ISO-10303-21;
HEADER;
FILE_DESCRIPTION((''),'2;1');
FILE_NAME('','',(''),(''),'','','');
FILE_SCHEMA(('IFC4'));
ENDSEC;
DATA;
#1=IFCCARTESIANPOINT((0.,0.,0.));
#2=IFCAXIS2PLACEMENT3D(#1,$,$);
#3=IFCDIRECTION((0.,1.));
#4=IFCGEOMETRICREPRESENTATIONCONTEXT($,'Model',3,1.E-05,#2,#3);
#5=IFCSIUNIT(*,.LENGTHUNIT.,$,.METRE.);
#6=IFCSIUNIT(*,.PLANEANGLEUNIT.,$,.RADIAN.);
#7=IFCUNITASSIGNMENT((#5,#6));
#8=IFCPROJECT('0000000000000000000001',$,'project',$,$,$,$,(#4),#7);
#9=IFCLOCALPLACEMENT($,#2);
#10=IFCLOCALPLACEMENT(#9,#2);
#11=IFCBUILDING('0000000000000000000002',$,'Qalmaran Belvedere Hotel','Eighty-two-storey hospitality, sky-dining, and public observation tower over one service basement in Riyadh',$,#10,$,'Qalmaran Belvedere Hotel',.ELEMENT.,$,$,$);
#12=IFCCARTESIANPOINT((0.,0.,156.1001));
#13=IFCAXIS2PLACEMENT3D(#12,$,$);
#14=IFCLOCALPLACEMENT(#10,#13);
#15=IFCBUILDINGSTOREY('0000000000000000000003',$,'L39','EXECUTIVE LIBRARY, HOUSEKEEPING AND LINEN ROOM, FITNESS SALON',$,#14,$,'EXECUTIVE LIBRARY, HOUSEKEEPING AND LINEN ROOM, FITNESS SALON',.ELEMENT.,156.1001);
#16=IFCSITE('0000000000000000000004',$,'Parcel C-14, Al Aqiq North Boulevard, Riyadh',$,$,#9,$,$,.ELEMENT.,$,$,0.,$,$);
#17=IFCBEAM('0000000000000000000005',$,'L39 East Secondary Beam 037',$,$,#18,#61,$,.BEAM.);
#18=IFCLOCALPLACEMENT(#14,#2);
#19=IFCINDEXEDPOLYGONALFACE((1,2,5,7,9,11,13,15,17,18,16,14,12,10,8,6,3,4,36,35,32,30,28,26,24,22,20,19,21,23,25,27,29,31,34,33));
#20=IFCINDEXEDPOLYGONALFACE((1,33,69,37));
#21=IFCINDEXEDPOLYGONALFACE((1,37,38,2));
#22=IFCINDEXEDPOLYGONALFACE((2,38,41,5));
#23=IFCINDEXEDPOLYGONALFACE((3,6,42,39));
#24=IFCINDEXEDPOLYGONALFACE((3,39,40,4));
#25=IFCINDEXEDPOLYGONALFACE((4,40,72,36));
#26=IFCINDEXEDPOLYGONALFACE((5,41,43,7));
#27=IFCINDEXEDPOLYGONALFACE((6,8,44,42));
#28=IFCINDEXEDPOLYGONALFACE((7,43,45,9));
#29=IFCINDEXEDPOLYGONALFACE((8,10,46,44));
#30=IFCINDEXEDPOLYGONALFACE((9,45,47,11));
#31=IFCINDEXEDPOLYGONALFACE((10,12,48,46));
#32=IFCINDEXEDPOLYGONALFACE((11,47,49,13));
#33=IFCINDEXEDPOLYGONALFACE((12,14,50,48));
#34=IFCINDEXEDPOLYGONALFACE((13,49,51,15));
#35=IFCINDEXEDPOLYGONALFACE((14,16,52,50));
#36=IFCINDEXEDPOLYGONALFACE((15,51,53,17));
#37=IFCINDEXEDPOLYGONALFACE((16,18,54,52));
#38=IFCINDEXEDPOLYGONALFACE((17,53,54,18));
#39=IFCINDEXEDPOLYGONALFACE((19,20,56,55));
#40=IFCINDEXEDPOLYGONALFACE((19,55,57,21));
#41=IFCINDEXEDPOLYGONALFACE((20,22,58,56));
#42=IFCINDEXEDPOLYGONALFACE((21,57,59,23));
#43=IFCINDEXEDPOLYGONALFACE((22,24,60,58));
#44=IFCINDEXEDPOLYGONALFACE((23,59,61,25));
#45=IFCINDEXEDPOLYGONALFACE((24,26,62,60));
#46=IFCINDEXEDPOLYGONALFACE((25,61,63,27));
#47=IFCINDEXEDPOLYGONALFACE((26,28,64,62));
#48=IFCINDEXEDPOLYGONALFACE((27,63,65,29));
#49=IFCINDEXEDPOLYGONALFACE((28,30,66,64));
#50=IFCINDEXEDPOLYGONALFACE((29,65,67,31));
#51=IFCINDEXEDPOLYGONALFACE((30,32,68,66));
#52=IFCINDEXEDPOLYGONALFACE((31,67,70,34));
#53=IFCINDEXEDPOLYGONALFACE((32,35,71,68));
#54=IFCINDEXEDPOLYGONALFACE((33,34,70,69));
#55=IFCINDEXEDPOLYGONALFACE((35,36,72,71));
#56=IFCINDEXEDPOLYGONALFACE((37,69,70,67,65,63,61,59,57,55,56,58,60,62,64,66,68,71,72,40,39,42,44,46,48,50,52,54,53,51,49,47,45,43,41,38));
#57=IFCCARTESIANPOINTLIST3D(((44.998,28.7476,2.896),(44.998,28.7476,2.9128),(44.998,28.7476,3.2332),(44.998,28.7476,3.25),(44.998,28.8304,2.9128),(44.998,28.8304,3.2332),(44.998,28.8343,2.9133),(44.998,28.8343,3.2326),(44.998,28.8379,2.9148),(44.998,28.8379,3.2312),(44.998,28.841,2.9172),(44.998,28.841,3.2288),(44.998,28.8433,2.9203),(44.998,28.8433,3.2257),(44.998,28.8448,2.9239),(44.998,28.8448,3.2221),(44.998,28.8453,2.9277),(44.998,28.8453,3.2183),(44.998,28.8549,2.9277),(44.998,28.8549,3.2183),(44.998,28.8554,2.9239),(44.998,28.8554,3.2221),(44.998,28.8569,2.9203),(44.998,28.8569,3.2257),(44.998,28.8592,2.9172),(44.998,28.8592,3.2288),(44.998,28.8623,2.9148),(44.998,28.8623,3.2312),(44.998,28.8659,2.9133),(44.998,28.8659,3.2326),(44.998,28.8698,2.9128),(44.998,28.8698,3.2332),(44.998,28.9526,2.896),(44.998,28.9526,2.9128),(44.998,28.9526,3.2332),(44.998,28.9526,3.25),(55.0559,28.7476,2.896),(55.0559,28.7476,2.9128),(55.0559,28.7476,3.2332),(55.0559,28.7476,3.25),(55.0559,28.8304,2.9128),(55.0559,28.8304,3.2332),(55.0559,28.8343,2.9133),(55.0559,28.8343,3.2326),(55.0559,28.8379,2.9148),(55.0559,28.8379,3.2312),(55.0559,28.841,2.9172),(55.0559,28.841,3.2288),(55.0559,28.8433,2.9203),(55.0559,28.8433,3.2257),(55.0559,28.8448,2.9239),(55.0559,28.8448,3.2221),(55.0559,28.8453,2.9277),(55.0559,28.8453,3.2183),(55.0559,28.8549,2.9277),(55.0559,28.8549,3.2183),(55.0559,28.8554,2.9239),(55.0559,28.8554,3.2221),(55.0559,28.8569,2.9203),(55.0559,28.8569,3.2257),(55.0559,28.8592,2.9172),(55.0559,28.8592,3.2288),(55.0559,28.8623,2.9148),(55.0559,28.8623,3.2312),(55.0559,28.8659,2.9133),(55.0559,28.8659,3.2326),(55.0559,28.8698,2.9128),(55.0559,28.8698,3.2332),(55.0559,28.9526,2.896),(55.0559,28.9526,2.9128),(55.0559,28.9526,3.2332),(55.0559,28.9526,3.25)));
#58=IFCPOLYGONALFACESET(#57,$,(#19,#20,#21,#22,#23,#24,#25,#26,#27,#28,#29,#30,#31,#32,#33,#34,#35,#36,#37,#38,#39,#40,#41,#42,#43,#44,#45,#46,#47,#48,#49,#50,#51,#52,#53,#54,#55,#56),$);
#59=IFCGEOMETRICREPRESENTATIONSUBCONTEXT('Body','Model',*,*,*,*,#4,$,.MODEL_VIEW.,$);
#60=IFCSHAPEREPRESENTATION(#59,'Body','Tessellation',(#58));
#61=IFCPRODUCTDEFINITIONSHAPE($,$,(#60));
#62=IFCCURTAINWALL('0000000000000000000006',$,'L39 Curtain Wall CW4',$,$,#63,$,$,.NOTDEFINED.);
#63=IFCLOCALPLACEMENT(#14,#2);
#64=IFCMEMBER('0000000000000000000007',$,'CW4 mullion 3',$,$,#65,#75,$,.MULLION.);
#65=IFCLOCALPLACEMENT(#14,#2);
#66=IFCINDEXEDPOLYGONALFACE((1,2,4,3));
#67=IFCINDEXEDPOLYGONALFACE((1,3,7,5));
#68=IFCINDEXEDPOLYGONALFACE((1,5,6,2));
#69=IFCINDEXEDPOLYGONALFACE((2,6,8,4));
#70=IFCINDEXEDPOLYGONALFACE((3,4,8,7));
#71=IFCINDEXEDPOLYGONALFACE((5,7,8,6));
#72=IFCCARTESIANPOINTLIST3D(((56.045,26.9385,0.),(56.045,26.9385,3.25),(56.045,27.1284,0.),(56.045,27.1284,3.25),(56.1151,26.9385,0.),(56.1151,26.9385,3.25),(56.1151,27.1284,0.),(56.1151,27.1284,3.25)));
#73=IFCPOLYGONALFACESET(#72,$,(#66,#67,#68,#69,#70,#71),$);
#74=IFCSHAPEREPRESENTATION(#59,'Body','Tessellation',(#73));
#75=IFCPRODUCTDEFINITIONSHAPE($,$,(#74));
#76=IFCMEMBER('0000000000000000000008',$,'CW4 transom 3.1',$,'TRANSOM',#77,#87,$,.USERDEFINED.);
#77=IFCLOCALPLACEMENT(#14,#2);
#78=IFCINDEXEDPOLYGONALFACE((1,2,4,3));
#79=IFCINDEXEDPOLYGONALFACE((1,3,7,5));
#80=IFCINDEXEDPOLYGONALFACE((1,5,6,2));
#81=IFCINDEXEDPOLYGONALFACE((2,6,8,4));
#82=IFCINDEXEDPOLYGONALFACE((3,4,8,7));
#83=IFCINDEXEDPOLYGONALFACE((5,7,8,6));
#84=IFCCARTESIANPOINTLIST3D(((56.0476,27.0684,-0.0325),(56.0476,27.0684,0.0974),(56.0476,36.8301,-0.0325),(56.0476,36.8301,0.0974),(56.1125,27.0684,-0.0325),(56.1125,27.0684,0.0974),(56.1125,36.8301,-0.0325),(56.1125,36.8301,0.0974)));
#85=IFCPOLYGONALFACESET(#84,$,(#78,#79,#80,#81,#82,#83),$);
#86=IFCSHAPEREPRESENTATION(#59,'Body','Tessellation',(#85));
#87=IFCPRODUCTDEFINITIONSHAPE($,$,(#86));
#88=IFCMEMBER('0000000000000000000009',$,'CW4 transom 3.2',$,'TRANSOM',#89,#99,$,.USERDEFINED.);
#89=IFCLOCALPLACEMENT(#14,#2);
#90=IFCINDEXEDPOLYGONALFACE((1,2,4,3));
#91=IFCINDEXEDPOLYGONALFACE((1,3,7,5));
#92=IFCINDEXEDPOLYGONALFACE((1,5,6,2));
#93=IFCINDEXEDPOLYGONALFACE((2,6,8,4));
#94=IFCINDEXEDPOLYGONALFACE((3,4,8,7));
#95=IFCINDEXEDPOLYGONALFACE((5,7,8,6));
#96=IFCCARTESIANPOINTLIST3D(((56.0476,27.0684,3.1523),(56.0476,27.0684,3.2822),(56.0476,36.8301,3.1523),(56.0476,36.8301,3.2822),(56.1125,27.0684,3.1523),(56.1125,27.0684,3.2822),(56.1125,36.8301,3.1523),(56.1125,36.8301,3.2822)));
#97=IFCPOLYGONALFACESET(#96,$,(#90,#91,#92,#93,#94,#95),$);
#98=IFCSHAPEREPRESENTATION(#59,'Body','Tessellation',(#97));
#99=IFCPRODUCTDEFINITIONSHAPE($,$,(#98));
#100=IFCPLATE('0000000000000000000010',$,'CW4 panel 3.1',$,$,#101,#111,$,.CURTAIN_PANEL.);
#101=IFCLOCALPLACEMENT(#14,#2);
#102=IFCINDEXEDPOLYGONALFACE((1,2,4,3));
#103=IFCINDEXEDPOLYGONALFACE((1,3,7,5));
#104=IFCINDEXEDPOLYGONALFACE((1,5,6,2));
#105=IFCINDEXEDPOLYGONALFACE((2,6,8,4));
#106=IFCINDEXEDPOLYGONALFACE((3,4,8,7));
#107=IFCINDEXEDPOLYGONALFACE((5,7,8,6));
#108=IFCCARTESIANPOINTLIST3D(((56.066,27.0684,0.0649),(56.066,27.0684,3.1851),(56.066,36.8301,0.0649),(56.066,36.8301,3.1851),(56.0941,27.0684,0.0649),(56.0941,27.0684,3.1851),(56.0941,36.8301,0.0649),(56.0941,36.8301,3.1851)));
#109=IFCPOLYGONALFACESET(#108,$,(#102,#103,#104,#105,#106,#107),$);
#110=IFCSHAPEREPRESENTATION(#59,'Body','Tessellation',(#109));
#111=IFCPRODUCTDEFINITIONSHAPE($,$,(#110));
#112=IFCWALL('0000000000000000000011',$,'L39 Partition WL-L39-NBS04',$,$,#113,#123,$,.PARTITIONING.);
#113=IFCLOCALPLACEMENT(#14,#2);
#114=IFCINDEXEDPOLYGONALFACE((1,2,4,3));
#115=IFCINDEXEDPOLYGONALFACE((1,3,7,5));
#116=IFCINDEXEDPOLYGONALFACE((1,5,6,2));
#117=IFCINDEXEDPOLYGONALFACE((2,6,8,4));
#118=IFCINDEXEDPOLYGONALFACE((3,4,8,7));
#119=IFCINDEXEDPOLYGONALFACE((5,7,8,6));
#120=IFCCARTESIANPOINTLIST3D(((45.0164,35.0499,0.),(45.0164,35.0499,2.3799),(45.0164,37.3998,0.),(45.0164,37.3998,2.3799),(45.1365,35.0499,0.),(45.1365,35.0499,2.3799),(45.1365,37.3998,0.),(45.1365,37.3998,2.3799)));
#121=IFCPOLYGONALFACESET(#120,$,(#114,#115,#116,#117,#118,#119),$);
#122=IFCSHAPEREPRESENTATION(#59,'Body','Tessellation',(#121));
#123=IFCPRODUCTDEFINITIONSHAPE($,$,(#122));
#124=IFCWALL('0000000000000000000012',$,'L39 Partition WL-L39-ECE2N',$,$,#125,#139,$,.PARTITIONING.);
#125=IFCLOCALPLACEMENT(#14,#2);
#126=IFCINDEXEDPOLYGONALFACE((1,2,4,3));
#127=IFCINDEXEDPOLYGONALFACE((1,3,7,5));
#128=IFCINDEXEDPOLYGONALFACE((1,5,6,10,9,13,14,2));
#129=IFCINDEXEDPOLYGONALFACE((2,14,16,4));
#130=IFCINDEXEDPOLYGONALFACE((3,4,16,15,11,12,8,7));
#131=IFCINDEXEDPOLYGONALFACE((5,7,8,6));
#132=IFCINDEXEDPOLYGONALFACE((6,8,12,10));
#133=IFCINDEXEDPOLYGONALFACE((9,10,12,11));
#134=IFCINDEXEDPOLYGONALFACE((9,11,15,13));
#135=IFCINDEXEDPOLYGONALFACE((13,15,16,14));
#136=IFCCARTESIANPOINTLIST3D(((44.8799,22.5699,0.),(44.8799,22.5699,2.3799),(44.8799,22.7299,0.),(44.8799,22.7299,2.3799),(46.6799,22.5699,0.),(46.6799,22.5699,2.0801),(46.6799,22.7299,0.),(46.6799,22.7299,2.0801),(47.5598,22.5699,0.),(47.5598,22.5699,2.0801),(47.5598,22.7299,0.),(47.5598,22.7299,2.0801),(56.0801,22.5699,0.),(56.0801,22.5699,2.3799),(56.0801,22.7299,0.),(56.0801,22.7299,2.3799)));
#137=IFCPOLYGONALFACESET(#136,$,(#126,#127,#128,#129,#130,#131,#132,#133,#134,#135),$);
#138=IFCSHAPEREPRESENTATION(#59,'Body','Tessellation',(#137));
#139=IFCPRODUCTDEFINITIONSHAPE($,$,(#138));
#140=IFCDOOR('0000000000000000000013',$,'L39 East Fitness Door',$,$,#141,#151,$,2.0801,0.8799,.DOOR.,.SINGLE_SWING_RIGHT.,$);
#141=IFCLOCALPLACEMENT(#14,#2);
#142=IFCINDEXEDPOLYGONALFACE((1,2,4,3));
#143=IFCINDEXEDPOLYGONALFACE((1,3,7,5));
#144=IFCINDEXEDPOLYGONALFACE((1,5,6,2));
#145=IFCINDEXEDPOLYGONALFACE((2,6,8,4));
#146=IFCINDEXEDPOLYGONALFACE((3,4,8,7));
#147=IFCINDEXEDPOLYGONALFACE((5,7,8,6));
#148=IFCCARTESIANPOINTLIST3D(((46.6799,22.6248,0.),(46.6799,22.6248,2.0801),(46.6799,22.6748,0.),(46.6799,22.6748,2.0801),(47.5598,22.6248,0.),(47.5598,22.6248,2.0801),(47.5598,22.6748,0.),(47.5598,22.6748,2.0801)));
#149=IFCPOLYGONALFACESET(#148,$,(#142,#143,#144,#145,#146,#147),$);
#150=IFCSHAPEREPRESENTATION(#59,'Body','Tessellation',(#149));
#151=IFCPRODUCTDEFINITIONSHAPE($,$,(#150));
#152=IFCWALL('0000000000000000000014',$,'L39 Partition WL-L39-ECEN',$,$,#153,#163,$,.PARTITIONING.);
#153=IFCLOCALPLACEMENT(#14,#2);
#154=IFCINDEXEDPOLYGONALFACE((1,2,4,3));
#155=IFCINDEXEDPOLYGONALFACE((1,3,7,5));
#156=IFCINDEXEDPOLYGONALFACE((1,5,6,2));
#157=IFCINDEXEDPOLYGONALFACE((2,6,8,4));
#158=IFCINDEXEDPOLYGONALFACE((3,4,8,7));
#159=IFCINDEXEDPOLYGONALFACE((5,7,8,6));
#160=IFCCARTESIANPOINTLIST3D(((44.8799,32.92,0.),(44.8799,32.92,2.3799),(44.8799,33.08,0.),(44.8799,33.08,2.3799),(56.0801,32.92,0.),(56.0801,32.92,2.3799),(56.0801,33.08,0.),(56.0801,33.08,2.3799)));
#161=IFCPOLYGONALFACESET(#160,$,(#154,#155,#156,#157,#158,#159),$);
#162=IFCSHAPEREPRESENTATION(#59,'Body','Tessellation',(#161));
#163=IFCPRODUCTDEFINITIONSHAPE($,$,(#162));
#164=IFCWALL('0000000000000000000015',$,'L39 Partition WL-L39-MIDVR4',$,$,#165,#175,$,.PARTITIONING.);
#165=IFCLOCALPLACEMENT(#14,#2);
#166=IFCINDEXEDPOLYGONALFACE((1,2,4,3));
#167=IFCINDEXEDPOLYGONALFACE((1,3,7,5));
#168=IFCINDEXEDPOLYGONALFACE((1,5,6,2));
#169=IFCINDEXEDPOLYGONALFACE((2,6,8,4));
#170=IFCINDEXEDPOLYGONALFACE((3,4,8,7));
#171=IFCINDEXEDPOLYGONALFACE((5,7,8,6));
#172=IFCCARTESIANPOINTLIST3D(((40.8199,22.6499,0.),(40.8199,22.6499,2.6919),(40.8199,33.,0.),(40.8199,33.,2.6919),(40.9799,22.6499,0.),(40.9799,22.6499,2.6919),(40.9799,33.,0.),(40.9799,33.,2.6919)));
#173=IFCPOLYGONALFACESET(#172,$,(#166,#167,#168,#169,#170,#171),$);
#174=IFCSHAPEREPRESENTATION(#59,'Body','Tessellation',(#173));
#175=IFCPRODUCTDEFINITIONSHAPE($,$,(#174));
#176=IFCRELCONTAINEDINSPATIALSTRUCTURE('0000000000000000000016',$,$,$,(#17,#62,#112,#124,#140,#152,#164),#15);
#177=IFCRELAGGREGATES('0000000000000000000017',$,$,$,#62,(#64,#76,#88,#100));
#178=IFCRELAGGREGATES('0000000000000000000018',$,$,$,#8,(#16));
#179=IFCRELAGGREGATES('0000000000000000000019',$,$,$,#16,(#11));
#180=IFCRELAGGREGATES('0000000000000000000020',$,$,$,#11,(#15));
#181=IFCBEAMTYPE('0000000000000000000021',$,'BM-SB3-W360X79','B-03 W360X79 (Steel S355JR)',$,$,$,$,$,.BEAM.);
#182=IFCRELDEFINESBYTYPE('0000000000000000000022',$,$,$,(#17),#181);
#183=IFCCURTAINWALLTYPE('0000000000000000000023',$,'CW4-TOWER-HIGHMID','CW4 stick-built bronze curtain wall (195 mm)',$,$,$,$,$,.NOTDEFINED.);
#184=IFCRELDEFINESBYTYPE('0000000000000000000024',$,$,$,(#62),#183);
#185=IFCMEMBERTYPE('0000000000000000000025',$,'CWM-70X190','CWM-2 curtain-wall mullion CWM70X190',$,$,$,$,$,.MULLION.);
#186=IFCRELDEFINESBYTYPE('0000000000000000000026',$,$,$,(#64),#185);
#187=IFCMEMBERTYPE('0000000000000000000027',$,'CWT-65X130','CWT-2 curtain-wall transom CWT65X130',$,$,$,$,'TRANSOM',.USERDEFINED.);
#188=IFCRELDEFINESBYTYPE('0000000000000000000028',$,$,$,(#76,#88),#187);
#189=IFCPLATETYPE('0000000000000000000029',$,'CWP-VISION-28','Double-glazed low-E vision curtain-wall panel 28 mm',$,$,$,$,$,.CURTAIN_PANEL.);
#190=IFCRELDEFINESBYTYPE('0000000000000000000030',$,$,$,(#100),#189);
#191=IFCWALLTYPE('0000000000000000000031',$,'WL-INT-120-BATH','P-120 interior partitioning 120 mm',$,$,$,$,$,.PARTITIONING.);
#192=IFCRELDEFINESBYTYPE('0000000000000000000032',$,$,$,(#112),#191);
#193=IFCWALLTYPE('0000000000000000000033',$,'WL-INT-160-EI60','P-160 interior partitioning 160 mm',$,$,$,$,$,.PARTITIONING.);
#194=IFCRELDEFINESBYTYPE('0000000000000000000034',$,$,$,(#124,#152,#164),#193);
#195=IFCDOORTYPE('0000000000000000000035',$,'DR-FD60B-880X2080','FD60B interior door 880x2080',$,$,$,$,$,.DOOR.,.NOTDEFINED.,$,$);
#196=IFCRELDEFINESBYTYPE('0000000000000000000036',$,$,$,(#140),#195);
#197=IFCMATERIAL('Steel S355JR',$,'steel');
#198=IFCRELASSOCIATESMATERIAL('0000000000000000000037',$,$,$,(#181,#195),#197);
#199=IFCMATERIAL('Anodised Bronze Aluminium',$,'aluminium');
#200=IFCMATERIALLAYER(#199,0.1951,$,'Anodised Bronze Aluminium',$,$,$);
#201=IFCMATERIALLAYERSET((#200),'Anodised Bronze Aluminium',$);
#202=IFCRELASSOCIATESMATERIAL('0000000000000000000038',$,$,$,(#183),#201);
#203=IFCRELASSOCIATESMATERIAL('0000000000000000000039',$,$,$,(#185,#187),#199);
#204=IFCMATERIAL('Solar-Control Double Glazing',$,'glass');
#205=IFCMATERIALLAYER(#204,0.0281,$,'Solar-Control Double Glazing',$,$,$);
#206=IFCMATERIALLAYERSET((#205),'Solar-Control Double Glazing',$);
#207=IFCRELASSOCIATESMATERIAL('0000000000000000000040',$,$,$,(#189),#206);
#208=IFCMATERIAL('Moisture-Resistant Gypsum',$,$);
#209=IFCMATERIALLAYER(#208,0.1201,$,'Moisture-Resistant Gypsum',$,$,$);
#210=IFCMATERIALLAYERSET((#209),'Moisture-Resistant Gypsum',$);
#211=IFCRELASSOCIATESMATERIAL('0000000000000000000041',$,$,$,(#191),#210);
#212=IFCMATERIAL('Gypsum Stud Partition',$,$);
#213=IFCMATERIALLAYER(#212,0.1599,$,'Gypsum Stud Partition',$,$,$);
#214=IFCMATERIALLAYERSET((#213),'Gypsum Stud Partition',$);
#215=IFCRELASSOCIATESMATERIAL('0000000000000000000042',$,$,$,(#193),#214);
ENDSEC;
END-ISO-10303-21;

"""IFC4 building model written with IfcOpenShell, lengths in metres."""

from ifc_helpers import new_model, si_unit, direction, frame, frame_2d, origin, origin_2d, place, context, subcontext, project, spatial, rectangle, i_section, extrude, material, layer, layer_set, material_profile, profile_set, type_object, element, fill, aggregate, save


model = new_model("IFC4")

# Units and contexts
model_context = context("Model", 3, precision=1e-05, world=origin(), true_north=direction((0.0, 1.0)))
body_context = subcontext(model_context, "Body", "Model", "MODEL_VIEW")
ifc_project = project(units=[si_unit("LENGTHUNIT", "METRE"), si_unit("PLANEANGLEUNIT", "RADIAN")], contexts=[model_context])

# Site, building, storey
site_placement = place(None, origin())
site = spatial("IfcSite", under=ifc_project, at=site_placement, Name="Parcel C-14, Al Aqiq North Boulevard, Riyadh", CompositionType="ELEMENT", RefElevation=0.0)
building_placement = place(site_placement, origin())
building = spatial("IfcBuilding", under=site, at=building_placement, Name="Qalmaran Belvedere Hotel", Description="Eighty-two-storey hospitality, sky-dining, and public observation tower over one service basement in Riyadh", LongName="Qalmaran Belvedere Hotel", CompositionType="ELEMENT")
storey_placement = place(building_placement, frame((0.0, 0.0, 156.1001)))
storey = spatial("IfcBuildingStorey", under=building, at=storey_placement, Name="L39", Description="EXECUTIVE LIBRARY, HOUSEKEEPING AND LINEN ROOM, FITNESS SALON", LongName="EXECUTIVE LIBRARY, HOUSEKEEPING AND LINEN ROOM, FITNESS SALON", CompositionType="ELEMENT", Elevation=156.1001)

# Beam
ifc_material_1 = material(Name="Steel S355JR", Category="steel")
ifc_material_profile_1 = material_profile(ifc_material_1, i_section(OverallWidth=0.2051, OverallDepth=0.354, WebThickness=0.0095, FlangeThickness=0.0168, FilletRadius=0.0149, at=origin_2d()), Name="W360X79")
ifc_profile_set_1 = profile_set([ifc_material_profile_1], Name="Steel S355JR")
beam_type_1 = type_object("IfcBeamType", Name="BM-SB3-W360X79", Description="B-03 W360X79 (Steel S355JR)", PredefinedType="BEAM", material=ifc_profile_set_1)
for number, where, z_axis, x_axis, name in (
    (1, (44.998, 28.8501, 3.073), (1.0, 0.0, 0.0), (0.0, 1.0, 0.0), "L39 East Secondary Beam 037"),
):
    element("IfcBeam", number, at=place(storey_placement, frame(where, z_axis=z_axis, x_axis=x_axis)), inside=storey, type_object=beam_type_1, Name=name, PredefinedType="BEAM", context=body_context, shape_type="SweptSolid", body=[
        extrude(i_section(OverallWidth=0.2051, OverallDepth=0.354, WebThickness=0.0095, FlangeThickness=0.0168, FilletRadius=0.0149, at=origin_2d()), origin(), (0.0, 0.0, 1.0), 10.0579),
    ])

# Curtain wall, members, plate
ifc_material_2 = material(Name="Anodised Bronze Aluminium", Category="aluminium")
ifc_layer_1 = layer(ifc_material_2, 0.1951, Name="Anodised Bronze Aluminium")
ifc_layer_set_1 = layer_set([ifc_layer_1], Name="Anodised Bronze Aluminium")
curtain_wall_type = type_object("IfcCurtainWallType", Name="CW4-TOWER-HIGHMID", Description="CW4 stick-built bronze curtain wall (195 mm)", PredefinedType="NOTDEFINED", material=ifc_layer_set_1)
curtain_wall_placement = place(storey_placement, origin())
curtain_wall = element("IfcCurtainWall", 2, at=curtain_wall_placement, inside=storey, type_object=curtain_wall_type, Name="L39 Curtain Wall CW4", PredefinedType="NOTDEFINED")
ifc_material_profile_2 = material_profile(ifc_material_2, rectangle(XDim=0.0701, YDim=0.1899, at=origin_2d()), Name="CWM70X190")
ifc_profile_set_2 = profile_set([ifc_material_profile_2], Name="Anodised Bronze Aluminium")
member_type_1 = type_object("IfcMemberType", Name="CWM-70X190", Description="CWM-2 curtain-wall mullion CWM70X190", PredefinedType="MULLION", material=ifc_profile_set_2)
member_1_placement = place(storey_placement, frame((56.0801, 27.0334, 0.0), z_axis=(0.0, 0.0, 1.0), x_axis=(-1.0, 0.0, 0.0)))
member_1 = element("IfcMember", 3, at=member_1_placement, type_object=member_type_1, Name="CW4 mullion 3", PredefinedType="MULLION", context=body_context, shape_type="SweptSolid", body=[
    extrude(rectangle(XDim=0.0701, YDim=0.1899, at=origin_2d()), origin(), (0.0, 0.0, 1.0), 3.25),
])
ifc_material_profile_3 = material_profile(ifc_material_2, rectangle(XDim=0.0649, YDim=0.1299, at=origin_2d()), Name="CWT65X130")
ifc_profile_set_3 = profile_set([ifc_material_profile_3], Name="Anodised Bronze Aluminium")
member_type_2 = type_object("IfcMemberType", Name="CWT-65X130", Description="CWT-2 curtain-wall transom CWT65X130", ElementType="TRANSOM", PredefinedType="USERDEFINED", material=ifc_profile_set_3)
member_2_placement = place(storey_placement, frame((56.0801, 27.0684, 0.0325), z_axis=(0.0, 1.0, 0.0), x_axis=(-1.0, 0.0, 0.0)))
member_2 = element("IfcMember", 4, at=member_2_placement, type_object=member_type_2, Name="CW4 transom 3.1", ObjectType="TRANSOM", PredefinedType="USERDEFINED", context=body_context, shape_type="SweptSolid", body=[
    extrude(rectangle(XDim=0.0649, YDim=0.1299, at=origin_2d()), origin(), (0.0, 0.0, 1.0), 9.7617),
])
member_3_placement = place(storey_placement, frame((56.0801, 27.0684, 3.2173), z_axis=(0.0, 1.0, 0.0), x_axis=(-1.0, 0.0, 0.0)))
member_3 = element("IfcMember", 5, at=member_3_placement, type_object=member_type_2, Name="CW4 transom 3.2", ObjectType="TRANSOM", PredefinedType="USERDEFINED", context=body_context, shape_type="SweptSolid", body=[
    extrude(rectangle(XDim=0.0649, YDim=0.1299, at=origin_2d()), origin(), (0.0, 0.0, 1.0), 9.7617),
])
ifc_material_3 = material(Name="Solar-Control Double Glazing", Category="glass")
ifc_layer_2 = layer(ifc_material_3, 0.0281, Name="Solar-Control Double Glazing")
ifc_layer_set_2 = layer_set([ifc_layer_2], Name="Solar-Control Double Glazing")
plate_type = type_object("IfcPlateType", Name="CWP-VISION-28", Description="Double-glazed low-E vision curtain-wall panel 28 mm", PredefinedType="CURTAIN_PANEL", material=ifc_layer_set_2)
plate_placement = place(storey_placement, frame((56.0801, 31.9492, 0.0649), z_axis=(0.0, 0.0, 1.0), x_axis=(0.0, 1.0, 0.0)))
plate = element("IfcPlate", 6, at=plate_placement, type_object=plate_type, Name="CW4 panel 3.1", PredefinedType="CURTAIN_PANEL", context=body_context, shape_type="SweptSolid", body=[
    extrude(rectangle(XDim=9.7617, YDim=0.0281, at=origin_2d()), origin(), (0.0, 0.0, 1.0), 3.1201),
])
aggregate(curtain_wall, [member_1, member_2, member_3, plate])

# Wall
ifc_material_4 = material(Name="Moisture-Resistant Gypsum")
ifc_layer_3 = layer(ifc_material_4, 0.1201, Name="Moisture-Resistant Gypsum")
ifc_layer_set_3 = layer_set([ifc_layer_3], Name="Moisture-Resistant Gypsum")
wall_type_1 = type_object("IfcWallType", Name="WL-INT-120-BATH", Description="P-120 interior partitioning 120 mm", PredefinedType="PARTITIONING", material=ifc_layer_set_3)
wall_1_placement = place(storey_placement, frame((45.0764, 35.05, 0.0), z_axis=(0.0, 0.0, 1.0), x_axis=(0.0, 1.0, 0.0)))
element("IfcWall", 7, at=wall_1_placement, inside=storey, type_object=wall_type_1, Name="L39 Partition WL-L39-NBS04", PredefinedType="PARTITIONING", context=body_context, shape_type="SweptSolid", body=[
    extrude(rectangle(XDim=2.3499, YDim=0.1201, at=frame_2d((1.1748, 0.0))), origin(), (0.0, 0.0, 1.0), 2.3799),
])

# Wall, opening, door
ifc_material_5 = material(Name="Gypsum Stud Partition")
ifc_layer_4 = layer(ifc_material_5, 0.1599, Name="Gypsum Stud Partition")
ifc_layer_set_4 = layer_set([ifc_layer_4], Name="Gypsum Stud Partition")
wall_type_2 = type_object("IfcWallType", Name="WL-INT-160-EI60", Description="P-160 interior partitioning 160 mm", PredefinedType="PARTITIONING", material=ifc_layer_set_4)
wall_2_placement = place(storey_placement, frame((44.8799, 22.6499, 0.0), z_axis=(0.0, 0.0, 1.0), x_axis=(1.0, 0.0, 0.0)))
wall_2 = element("IfcWall", 8, at=wall_2_placement, inside=storey, type_object=wall_type_2, Name="L39 Partition WL-L39-ECE2N", PredefinedType="PARTITIONING", context=body_context, shape_type="SweptSolid", body=[
    extrude(rectangle(XDim=11.2002, YDim=0.1599, at=frame_2d((5.6001, 0.0))), origin(), (0.0, 0.0, 1.0), 2.3799),
])
opening_1_placement = place(wall_2_placement, frame((1.8, 0.0, 0.0)))
opening_1 = element("IfcOpeningElement", 9, at=opening_1_placement, cuts=wall_2, PredefinedType="OPENING", context=body_context, shape_type="SweptSolid", body=[
    extrude(rectangle(XDim=0.8799, YDim=2.0801, at=frame_2d((0.4399, 1.04))), frame((0.0, 0.0898, 0.0), z_axis=(0.0, -1.0, 0.0), x_axis=(1.0, 0.0, 0.0)), (0.0, 0.0, 1.0), 0.1799),
])
door_type_1 = type_object("IfcDoorType", Name="DR-FD60B-880X2080", Description="FD60B interior door 880x2080", OperationType="NOTDEFINED", PredefinedType="DOOR", material=ifc_material_1)
door_1_placement = place(opening_1_placement, origin())
door_1 = element("IfcDoor", 10, at=door_1_placement, inside=storey, type_object=door_type_1, Name="L39 East Fitness Door", OperationType="SINGLE_SWING_RIGHT", OverallHeight=2.0801, OverallWidth=0.8799, PredefinedType="DOOR", context=body_context, shape_type="SweptSolid", body=[
    extrude(rectangle(XDim=0.8799, YDim=2.0801, at=frame_2d((0.4399, 1.04))), frame((0.0, 0.0249, 0.0), z_axis=(0.0, -1.0, 0.0), x_axis=(1.0, 0.0, 0.0)), (0.0, 0.0, 1.0), 0.05),
])
fill(opening_1, door_1)

# Walls
wall_3_placement = place(storey_placement, frame((44.8799, 33.0, 0.0), z_axis=(0.0, 0.0, 1.0), x_axis=(1.0, 0.0, 0.0)))
element("IfcWall", 11, at=wall_3_placement, inside=storey, type_object=wall_type_2, Name="L39 Partition WL-L39-ECEN", PredefinedType="PARTITIONING", context=body_context, shape_type="SweptSolid", body=[
    extrude(rectangle(XDim=11.2002, YDim=0.1599, at=frame_2d((5.6001, 0.0))), origin(), (0.0, 0.0, 1.0), 2.3799),
])
wall_4_placement = place(storey_placement, frame((40.8999, 22.6499, 0.0), z_axis=(0.0, 0.0, 1.0), x_axis=(0.0, 1.0, 0.0)))
element("IfcWall", 12, at=wall_4_placement, inside=storey, type_object=wall_type_2, Name="L39 Partition WL-L39-MIDVR4", PredefinedType="PARTITIONING", context=body_context, shape_type="SweptSolid", body=[
    extrude(rectangle(XDim=10.3501, YDim=0.1599, at=frame_2d((5.175, 0.0))), origin(), (0.0, 0.0, 1.0), 2.6919),
])

save(model, "model.ifc")
